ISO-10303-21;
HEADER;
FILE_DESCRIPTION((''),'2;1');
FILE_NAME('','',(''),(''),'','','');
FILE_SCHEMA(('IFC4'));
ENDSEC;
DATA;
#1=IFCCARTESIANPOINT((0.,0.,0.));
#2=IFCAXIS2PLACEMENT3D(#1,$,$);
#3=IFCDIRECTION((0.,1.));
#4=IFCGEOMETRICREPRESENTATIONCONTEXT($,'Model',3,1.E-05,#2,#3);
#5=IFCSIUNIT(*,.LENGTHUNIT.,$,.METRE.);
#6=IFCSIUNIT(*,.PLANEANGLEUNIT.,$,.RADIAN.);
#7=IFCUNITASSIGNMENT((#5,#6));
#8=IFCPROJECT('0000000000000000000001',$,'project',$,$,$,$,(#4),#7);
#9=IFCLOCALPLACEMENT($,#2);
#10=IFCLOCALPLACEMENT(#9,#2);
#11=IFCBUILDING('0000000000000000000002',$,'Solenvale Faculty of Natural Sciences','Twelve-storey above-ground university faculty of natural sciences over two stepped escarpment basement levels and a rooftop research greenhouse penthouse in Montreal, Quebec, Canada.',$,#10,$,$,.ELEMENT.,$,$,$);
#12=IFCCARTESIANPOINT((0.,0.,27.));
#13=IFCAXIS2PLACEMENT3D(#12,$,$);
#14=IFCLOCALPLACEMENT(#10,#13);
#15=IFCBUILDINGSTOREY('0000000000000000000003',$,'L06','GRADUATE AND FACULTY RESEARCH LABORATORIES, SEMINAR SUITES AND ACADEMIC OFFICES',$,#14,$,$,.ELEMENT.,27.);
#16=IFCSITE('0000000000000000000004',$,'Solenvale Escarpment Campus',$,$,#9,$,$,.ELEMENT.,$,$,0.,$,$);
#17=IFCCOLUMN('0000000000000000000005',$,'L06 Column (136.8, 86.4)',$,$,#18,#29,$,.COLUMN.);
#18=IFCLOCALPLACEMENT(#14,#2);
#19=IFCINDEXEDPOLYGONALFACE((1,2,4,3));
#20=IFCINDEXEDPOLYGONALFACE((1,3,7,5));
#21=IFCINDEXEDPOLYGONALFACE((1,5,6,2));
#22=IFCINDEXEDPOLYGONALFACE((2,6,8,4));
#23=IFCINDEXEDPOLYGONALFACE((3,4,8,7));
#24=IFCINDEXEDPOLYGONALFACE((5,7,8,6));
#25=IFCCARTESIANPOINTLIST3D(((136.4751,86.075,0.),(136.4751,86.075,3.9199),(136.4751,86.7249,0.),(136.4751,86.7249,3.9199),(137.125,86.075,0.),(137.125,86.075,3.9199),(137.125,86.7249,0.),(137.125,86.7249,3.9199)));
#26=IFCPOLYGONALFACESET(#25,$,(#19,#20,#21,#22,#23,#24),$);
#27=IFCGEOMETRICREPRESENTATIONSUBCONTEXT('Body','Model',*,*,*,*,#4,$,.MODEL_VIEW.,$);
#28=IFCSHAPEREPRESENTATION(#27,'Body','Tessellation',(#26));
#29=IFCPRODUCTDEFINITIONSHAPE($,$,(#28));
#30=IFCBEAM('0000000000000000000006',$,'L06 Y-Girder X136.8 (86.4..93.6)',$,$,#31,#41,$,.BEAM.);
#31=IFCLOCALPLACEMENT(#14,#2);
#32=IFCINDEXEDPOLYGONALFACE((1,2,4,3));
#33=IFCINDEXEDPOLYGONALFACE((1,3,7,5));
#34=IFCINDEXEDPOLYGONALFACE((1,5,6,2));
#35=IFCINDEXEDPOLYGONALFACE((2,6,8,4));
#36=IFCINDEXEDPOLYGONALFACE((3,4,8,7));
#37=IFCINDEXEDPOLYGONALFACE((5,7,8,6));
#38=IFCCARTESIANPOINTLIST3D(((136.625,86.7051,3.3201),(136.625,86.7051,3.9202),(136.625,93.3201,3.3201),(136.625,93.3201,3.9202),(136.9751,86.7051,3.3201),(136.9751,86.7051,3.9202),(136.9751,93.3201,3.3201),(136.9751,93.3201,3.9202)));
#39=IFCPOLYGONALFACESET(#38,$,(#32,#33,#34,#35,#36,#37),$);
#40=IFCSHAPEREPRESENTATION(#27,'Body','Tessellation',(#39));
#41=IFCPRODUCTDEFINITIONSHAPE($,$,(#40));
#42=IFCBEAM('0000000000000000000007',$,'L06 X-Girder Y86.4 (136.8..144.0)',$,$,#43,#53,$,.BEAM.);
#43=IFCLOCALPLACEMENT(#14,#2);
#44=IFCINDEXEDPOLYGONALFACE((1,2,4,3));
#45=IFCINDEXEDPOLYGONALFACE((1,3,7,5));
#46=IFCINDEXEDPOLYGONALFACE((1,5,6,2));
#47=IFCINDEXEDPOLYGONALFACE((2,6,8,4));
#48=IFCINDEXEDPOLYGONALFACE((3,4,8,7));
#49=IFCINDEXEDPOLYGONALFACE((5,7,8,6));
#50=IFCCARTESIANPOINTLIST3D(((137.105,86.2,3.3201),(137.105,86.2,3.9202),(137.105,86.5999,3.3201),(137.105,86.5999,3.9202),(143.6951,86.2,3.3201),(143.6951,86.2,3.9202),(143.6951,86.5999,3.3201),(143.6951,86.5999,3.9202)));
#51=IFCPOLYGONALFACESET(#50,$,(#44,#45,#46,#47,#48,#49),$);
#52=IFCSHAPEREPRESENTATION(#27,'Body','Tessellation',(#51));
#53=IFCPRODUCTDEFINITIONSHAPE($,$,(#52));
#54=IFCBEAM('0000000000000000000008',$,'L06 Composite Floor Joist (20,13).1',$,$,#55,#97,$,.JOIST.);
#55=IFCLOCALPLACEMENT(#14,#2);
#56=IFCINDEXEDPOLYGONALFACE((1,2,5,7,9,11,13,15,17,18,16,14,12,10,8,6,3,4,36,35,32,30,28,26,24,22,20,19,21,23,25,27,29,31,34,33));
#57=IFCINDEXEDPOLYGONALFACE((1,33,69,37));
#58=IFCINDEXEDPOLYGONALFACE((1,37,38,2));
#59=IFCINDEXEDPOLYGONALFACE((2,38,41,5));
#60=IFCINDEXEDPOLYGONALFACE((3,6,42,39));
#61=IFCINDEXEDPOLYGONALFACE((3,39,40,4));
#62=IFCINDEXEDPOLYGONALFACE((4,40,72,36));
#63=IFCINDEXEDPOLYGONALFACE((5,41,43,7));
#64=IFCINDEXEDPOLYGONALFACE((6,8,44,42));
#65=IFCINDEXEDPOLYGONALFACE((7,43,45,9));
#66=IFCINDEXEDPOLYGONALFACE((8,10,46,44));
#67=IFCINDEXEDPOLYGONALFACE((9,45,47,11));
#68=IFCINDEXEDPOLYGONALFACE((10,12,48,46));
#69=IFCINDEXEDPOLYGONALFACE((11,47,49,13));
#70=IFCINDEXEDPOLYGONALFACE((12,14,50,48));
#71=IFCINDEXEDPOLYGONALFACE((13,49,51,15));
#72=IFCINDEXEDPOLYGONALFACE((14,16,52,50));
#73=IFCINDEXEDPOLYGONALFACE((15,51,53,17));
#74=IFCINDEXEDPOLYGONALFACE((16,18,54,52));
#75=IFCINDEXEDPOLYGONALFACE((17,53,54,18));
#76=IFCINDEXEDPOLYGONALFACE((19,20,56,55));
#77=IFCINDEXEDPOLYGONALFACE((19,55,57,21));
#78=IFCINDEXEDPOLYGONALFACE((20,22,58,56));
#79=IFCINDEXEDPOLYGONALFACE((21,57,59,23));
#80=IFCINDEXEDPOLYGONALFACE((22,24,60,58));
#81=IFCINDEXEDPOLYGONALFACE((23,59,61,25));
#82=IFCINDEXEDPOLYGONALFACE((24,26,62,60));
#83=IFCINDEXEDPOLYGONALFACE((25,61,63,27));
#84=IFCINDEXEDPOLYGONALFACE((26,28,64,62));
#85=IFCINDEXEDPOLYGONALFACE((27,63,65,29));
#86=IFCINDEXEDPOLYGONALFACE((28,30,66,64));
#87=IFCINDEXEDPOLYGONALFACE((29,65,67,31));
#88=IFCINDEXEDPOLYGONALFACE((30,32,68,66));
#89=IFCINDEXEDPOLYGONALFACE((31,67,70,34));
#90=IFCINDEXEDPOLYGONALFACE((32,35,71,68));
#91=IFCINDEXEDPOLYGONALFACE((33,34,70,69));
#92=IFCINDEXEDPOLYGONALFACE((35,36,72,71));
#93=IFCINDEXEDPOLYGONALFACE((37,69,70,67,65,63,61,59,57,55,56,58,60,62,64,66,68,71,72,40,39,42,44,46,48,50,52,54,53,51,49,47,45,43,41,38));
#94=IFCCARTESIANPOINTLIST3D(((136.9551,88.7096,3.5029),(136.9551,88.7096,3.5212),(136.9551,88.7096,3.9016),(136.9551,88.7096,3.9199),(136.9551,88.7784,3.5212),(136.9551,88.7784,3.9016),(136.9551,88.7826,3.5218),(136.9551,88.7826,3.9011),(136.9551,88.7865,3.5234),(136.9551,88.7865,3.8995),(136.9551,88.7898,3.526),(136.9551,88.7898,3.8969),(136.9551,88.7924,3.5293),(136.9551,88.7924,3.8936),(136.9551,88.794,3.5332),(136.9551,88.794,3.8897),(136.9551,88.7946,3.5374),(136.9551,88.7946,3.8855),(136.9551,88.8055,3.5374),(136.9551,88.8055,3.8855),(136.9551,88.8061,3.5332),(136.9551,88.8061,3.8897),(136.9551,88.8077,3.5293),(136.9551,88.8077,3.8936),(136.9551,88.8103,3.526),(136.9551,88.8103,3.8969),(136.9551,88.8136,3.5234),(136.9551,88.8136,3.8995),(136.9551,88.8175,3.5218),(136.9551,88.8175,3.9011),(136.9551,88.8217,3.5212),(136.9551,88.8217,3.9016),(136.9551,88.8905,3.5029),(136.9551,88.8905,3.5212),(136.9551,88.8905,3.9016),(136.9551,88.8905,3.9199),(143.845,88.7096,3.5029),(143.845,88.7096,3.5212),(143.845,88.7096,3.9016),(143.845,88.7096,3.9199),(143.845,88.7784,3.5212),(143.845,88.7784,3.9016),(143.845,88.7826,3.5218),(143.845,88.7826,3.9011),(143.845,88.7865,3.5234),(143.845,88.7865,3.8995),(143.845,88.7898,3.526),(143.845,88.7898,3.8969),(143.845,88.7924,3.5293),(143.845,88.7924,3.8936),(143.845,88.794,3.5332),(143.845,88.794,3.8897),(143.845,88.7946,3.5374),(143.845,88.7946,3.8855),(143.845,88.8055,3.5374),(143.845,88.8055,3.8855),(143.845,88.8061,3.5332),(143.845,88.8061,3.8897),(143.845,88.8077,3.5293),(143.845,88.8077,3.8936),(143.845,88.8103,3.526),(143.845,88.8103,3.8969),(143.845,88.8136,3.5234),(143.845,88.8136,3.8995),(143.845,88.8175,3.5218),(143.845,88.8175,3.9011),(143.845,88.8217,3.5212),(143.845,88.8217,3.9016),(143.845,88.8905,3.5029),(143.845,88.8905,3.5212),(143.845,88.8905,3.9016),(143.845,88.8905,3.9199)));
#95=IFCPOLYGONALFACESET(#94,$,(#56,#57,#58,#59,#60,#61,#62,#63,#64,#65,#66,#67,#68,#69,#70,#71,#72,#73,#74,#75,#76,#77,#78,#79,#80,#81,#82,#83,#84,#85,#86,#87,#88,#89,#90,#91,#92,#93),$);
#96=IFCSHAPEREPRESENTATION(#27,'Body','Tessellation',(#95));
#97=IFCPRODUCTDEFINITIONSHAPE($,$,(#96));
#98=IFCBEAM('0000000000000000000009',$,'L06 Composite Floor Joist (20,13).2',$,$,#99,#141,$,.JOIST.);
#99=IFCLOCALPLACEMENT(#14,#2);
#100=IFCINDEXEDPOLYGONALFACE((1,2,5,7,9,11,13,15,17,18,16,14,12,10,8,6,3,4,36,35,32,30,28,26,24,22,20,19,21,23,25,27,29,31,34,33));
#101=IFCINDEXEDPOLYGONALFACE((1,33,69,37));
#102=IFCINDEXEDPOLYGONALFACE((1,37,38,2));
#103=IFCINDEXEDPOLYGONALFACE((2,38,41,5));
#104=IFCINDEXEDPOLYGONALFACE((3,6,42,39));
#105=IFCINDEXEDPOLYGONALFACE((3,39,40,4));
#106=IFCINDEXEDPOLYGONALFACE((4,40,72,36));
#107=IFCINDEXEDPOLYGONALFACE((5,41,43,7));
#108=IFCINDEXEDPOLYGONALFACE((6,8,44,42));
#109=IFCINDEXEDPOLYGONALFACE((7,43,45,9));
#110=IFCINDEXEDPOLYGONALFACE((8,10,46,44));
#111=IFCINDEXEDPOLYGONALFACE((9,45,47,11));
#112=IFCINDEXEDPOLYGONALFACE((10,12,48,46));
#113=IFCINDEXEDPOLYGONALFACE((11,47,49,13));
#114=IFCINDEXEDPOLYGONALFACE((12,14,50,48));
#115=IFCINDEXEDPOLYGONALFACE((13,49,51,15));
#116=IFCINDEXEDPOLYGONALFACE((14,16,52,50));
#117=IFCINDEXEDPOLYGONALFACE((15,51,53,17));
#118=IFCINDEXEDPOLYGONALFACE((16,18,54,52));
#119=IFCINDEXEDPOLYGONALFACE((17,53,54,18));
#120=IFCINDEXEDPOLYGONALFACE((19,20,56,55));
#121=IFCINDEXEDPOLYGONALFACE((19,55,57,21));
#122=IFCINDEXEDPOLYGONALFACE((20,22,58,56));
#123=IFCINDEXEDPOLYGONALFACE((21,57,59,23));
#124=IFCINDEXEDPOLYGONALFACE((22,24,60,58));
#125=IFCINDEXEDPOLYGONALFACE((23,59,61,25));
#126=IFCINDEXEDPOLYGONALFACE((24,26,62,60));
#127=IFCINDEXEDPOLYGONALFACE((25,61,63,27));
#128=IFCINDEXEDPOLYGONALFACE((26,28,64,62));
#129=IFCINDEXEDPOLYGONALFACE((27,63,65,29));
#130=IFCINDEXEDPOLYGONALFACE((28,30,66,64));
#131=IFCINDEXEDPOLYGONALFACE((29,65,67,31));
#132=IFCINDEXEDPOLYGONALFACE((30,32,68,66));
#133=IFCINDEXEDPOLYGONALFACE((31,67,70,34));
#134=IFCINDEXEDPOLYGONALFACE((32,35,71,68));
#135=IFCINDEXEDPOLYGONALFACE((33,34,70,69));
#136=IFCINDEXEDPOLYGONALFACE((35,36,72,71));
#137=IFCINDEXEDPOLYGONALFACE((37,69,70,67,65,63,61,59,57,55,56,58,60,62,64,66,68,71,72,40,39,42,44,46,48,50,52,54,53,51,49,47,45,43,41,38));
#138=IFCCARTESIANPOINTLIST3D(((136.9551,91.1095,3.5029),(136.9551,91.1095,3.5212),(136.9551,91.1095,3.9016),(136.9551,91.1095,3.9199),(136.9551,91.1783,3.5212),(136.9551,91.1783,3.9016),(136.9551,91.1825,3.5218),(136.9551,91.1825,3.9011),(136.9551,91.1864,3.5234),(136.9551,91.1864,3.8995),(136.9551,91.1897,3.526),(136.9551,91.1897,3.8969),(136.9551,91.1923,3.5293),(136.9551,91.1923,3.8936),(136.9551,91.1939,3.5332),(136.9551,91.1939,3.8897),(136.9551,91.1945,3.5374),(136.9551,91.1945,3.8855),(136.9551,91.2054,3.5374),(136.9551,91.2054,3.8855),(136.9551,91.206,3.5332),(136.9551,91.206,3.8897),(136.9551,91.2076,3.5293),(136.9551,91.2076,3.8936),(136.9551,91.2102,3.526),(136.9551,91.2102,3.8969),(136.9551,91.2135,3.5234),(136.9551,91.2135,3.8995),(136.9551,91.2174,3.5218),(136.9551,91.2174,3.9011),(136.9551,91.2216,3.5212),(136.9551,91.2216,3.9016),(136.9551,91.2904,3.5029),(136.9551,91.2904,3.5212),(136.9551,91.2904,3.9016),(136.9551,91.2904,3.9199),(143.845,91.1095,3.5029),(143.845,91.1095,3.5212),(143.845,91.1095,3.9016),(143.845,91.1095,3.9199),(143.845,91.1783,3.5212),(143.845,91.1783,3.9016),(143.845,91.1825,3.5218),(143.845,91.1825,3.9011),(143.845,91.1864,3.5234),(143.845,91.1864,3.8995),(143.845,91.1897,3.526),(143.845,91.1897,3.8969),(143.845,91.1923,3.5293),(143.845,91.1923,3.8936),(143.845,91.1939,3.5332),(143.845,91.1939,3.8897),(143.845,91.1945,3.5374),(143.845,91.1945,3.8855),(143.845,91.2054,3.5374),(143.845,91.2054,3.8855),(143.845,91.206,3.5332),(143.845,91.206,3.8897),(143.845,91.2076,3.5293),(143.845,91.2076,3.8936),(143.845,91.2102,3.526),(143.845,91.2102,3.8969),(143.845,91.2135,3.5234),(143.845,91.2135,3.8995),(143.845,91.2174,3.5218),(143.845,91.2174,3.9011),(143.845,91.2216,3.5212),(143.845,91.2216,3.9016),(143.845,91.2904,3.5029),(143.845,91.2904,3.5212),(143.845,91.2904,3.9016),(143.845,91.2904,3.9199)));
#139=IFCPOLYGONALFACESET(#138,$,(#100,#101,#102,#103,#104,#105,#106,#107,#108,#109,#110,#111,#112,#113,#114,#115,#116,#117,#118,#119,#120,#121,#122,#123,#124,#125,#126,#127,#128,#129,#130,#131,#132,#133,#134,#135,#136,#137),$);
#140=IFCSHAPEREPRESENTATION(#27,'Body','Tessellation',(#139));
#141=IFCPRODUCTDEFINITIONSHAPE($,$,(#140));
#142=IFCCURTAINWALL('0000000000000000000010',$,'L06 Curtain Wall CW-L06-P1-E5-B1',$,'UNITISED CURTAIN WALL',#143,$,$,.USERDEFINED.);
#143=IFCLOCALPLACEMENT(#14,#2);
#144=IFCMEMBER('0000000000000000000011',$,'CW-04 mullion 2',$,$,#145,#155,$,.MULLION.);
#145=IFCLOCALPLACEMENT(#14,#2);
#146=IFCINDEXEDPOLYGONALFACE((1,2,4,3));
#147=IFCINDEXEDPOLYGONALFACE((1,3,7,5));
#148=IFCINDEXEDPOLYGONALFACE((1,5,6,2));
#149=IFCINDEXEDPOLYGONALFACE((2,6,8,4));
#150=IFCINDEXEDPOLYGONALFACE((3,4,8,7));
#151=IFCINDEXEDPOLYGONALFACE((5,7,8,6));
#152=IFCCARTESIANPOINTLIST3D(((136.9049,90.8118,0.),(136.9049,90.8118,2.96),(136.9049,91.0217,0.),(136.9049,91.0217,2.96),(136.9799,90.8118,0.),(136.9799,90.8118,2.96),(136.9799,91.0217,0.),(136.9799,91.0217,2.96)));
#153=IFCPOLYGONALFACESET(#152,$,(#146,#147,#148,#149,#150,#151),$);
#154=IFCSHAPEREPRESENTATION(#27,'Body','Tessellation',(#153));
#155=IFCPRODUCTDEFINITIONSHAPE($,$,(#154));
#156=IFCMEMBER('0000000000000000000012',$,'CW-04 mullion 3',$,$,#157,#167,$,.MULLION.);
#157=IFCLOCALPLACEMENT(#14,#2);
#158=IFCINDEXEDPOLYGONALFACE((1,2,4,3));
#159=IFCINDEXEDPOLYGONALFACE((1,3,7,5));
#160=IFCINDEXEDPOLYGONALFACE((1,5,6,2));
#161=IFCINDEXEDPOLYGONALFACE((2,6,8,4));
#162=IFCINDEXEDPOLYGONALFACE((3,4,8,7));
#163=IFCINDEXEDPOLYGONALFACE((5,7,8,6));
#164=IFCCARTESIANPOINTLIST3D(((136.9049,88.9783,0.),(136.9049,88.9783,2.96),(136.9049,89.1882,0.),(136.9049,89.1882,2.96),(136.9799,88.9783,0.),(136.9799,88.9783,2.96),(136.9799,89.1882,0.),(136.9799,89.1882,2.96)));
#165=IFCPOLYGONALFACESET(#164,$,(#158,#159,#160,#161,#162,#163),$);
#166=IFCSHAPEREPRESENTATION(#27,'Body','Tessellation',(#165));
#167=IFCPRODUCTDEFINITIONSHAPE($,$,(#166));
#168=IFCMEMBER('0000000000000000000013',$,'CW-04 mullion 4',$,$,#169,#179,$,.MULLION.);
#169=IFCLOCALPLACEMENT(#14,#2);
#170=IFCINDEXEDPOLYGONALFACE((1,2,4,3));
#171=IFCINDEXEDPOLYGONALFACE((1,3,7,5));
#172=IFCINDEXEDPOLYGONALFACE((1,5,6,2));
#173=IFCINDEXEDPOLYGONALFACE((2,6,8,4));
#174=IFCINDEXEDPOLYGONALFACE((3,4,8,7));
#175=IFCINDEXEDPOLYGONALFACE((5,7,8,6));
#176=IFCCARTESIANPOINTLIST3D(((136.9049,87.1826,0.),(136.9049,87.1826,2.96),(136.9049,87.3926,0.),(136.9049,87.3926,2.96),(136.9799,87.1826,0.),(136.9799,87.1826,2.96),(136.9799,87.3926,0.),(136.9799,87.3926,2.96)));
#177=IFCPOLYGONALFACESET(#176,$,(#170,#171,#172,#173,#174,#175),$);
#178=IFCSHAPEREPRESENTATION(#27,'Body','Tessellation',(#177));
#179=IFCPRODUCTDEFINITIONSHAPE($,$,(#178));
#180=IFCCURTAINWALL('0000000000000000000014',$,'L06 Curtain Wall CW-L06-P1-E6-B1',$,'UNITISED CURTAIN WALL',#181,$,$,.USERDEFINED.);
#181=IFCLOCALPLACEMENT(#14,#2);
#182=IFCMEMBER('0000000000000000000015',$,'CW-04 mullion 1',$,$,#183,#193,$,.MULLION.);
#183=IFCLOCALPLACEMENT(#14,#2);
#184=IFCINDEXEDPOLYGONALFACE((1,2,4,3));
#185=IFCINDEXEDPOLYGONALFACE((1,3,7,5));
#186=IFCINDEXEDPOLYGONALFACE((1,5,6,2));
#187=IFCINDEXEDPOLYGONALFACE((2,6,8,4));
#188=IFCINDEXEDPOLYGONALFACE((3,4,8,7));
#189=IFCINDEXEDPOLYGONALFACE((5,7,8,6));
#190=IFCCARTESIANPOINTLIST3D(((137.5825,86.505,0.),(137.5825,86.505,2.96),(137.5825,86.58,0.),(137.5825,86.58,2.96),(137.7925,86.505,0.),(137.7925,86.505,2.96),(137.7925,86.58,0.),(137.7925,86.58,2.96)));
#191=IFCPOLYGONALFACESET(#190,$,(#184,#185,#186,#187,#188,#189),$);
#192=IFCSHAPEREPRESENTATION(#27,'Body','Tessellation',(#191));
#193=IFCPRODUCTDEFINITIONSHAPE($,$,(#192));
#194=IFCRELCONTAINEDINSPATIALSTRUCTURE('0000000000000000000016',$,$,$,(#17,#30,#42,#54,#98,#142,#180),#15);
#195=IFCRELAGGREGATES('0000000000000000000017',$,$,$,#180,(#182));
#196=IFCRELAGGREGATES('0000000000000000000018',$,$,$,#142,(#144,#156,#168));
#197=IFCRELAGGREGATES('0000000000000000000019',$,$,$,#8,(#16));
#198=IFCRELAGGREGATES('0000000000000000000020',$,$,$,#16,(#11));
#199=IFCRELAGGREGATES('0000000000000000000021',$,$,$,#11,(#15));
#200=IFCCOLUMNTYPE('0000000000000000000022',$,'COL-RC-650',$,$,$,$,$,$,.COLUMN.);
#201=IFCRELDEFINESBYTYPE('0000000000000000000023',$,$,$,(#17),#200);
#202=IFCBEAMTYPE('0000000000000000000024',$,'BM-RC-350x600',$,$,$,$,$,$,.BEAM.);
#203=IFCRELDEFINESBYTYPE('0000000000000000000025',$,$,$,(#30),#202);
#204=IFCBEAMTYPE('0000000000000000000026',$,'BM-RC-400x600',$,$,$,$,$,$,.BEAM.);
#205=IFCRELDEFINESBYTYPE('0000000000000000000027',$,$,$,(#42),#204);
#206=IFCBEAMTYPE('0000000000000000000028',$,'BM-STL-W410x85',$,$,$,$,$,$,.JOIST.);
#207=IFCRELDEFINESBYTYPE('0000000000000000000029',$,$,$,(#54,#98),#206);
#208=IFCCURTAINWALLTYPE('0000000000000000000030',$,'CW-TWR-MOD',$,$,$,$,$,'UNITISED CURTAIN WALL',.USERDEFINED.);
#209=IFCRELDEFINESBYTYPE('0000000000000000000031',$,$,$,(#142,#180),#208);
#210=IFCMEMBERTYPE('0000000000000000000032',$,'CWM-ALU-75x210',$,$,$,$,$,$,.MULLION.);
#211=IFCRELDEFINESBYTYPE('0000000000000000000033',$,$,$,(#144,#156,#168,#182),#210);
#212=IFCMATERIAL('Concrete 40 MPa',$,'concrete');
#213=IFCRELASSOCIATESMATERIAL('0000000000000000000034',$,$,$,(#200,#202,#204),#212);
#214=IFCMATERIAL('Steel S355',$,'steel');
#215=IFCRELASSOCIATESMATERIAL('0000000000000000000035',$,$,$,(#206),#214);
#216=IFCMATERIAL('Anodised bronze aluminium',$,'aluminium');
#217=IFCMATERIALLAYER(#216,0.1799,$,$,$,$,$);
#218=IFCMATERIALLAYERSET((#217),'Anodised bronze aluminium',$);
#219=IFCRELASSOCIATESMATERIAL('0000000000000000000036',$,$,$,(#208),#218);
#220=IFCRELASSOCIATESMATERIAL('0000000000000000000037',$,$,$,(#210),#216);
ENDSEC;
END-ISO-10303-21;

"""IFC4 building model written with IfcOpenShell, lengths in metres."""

from ifc_helpers import new_model, si_unit, direction, frame, origin, origin_2d, place, context, subcontext, project, spatial, rectangle, i_section, extrude, material, layer, layer_set, material_profile, profile_set, type_object, element, aggregate, save


model = new_model("IFC4")

# Units and contexts
model_context = context("Model", 3, precision=1e-05, world=origin(), true_north=direction((0.0, 1.0)))
body_context = subcontext(model_context, "Body", "Model", "MODEL_VIEW")
ifc_project = project(units=[si_unit("LENGTHUNIT", "METRE"), si_unit("PLANEANGLEUNIT", "RADIAN")], contexts=[model_context])

# Site, building, storey
site_placement = place(None, origin())
site = spatial("IfcSite", under=ifc_project, at=site_placement, Name="Solenvale Escarpment Campus", CompositionType="ELEMENT", RefElevation=0.0)
building_placement = place(site_placement, origin())
building = spatial("IfcBuilding", under=site, at=building_placement, Name="Solenvale Faculty of Natural Sciences", Description="Twelve-storey above-ground university faculty of natural sciences over two stepped escarpment basement levels and a rooftop research greenhouse penthouse in Montreal, Quebec, Canada.", CompositionType="ELEMENT")
storey_placement = place(building_placement, frame((0.0, 0.0, 27.0)))
storey = spatial("IfcBuildingStorey", under=building, at=storey_placement, Name="L06", Description="GRADUATE AND FACULTY RESEARCH LABORATORIES, SEMINAR SUITES AND ACADEMIC OFFICES", CompositionType="ELEMENT", Elevation=27.0)

# Column
ifc_material_1 = material(Name="Concrete 40 MPa", Category="concrete")
ifc_material_profile_1 = material_profile(ifc_material_1, rectangle(XDim=0.6499, YDim=0.6499, at=origin_2d()), Name="RC-COL-650x650")
ifc_profile_set_1 = profile_set([ifc_material_profile_1], Name="Concrete 40 MPa")
column_type = type_object("IfcColumnType", Name="COL-RC-650", PredefinedType="COLUMN", material=ifc_profile_set_1)
column_placement = place(storey_placement, frame((136.8, 86.3999, 0.0), z_axis=(0.0, 0.0, 1.0), x_axis=(1.0, 0.0, 0.0)))
element("IfcColumn", 1, at=column_placement, inside=storey, type_object=column_type, Name="L06 Column (136.8, 86.4)", PredefinedType="COLUMN", context=body_context, shape_type="SweptSolid", body=[
    extrude(rectangle(XDim=0.6499, YDim=0.6499, at=origin_2d()), origin(), (0.0, 0.0, 1.0), 3.9199),
])

# Beams
ifc_material_profile_2 = material_profile(ifc_material_1, rectangle(XDim=0.3501, YDim=0.6001, at=origin_2d()), Name="RC-BM-350x600")
ifc_profile_set_2 = profile_set([ifc_material_profile_2], Name="Concrete 40 MPa")
beam_type_1 = type_object("IfcBeamType", Name="BM-RC-350x600", PredefinedType="BEAM", material=ifc_profile_set_2)
beam_1_placement = place(storey_placement, frame((136.8, 86.7051, 3.6201), z_axis=(0.0, 1.0, 0.0), x_axis=(-1.0, 0.0, 0.0)))
element("IfcBeam", 2, at=beam_1_placement, inside=storey, type_object=beam_type_1, Name="L06 Y-Girder X136.8 (86.4..93.6)", PredefinedType="BEAM", context=body_context, shape_type="SweptSolid", body=[
    extrude(rectangle(XDim=0.3501, YDim=0.6001, at=origin_2d()), origin(), (0.0, 0.0, 1.0), 6.615),
])
ifc_material_profile_3 = material_profile(ifc_material_1, rectangle(XDim=0.3999, YDim=0.6001, at=origin_2d()), Name="RC-BM-400x600")
ifc_profile_set_3 = profile_set([ifc_material_profile_3], Name="Concrete 40 MPa")
beam_type_2 = type_object("IfcBeamType", Name="BM-RC-400x600", PredefinedType="BEAM", material=ifc_profile_set_3)
beam_2_placement = place(storey_placement, frame((137.105, 86.3999, 3.6201), z_axis=(1.0, 0.0, 0.0), x_axis=(0.0, 1.0, 0.0)))
element("IfcBeam", 3, at=beam_2_placement, inside=storey, type_object=beam_type_2, Name="L06 X-Girder Y86.4 (136.8..144.0)", PredefinedType="BEAM", context=body_context, shape_type="SweptSolid", body=[
    extrude(rectangle(XDim=0.3999, YDim=0.6001, at=origin_2d()), origin(), (0.0, 0.0, 1.0), 6.5901),
])
ifc_material_2 = material(Name="Steel S355", Category="steel")
ifc_material_profile_4 = material_profile(ifc_material_2, i_section(OverallWidth=0.1809, OverallDepth=0.417, WebThickness=0.011, FlangeThickness=0.0183, FilletRadius=0.0161, at=origin_2d()), Name="W410x85")
ifc_profile_set_4 = profile_set([ifc_material_profile_4], Name="Steel S355")
beam_type_3 = type_object("IfcBeamType", Name="BM-STL-W410x85", PredefinedType="JOIST", material=ifc_profile_set_4)
for number, where, z_axis, x_axis, name in (
    (4, (136.9551, 88.8, 3.7114), (1.0, 0.0, 0.0), (0.0, 1.0, 0.0), "L06 Composite Floor Joist (20,13).1"),
    (5, (136.9551, 91.2, 3.7114), (1.0, 0.0, 0.0), (0.0, 1.0, 0.0), "L06 Composite Floor Joist (20,13).2"),
):
    element("IfcBeam", number, at=place(storey_placement, frame(where, z_axis=z_axis, x_axis=x_axis)), inside=storey, type_object=beam_type_3, Name=name, PredefinedType="JOIST", context=body_context, shape_type="SweptSolid", body=[
        extrude(i_section(OverallWidth=0.1809, OverallDepth=0.417, WebThickness=0.011, FlangeThickness=0.0183, FilletRadius=0.0161, at=origin_2d()), origin(), (0.0, 0.0, 1.0), 6.8899),
    ])

# Curtain wall, members
ifc_material_3 = material(Name="Anodised bronze aluminium", Category="aluminium")
ifc_layer_1 = layer(ifc_material_3, 0.1799)
ifc_layer_set_1 = layer_set([ifc_layer_1], Name="Anodised bronze aluminium")
curtain_wall_type = type_object("IfcCurtainWallType", Name="CW-TWR-MOD", ElementType="UNITISED CURTAIN WALL", PredefinedType="USERDEFINED", material=ifc_layer_set_1)
curtain_wall_1_placement = place(storey_placement, origin())
curtain_wall_1 = element("IfcCurtainWall", 6, at=curtain_wall_1_placement, inside=storey, type_object=curtain_wall_type, Name="L06 Curtain Wall CW-L06-P1-E5-B1", ObjectType="UNITISED CURTAIN WALL", PredefinedType="USERDEFINED")
ifc_material_profile_5 = material_profile(ifc_material_3, rectangle(XDim=0.075, YDim=0.21, at=origin_2d()), Name="ALU-MUL-75x210")
ifc_profile_set_5 = profile_set([ifc_material_profile_5], Name="Anodised bronze aluminium")
member_type_1 = type_object("IfcMemberType", Name="CWM-ALU-75x210", PredefinedType="MULLION", material=ifc_profile_set_5)
member_1_placement = place(storey_placement, frame((136.9424, 90.9167, 0.0), z_axis=(0.0, 0.0, 1.0), x_axis=(1.0, 0.0, 0.0)))
member_1 = element("IfcMember", 7, at=member_1_placement, type_object=member_type_1, Name="CW-04 mullion 2", PredefinedType="MULLION", context=body_context, shape_type="SweptSolid", body=[
    extrude(rectangle(XDim=0.075, YDim=0.21, at=origin_2d()), origin(), (0.0, 0.0, 1.0), 2.96),
])
member_2_placement = place(storey_placement, frame((136.9424, 89.0833, 0.0), z_axis=(0.0, 0.0, 1.0), x_axis=(1.0, 0.0, 0.0)))
member_2 = element("IfcMember", 8, at=member_2_placement, type_object=member_type_1, Name="CW-04 mullion 3", PredefinedType="MULLION", context=body_context, shape_type="SweptSolid", body=[
    extrude(rectangle(XDim=0.075, YDim=0.21, at=origin_2d()), origin(), (0.0, 0.0, 1.0), 2.96),
])
member_3_placement = place(storey_placement, frame((136.9424, 87.2876, 0.0), z_axis=(0.0, 0.0, 1.0), x_axis=(1.0, 0.0, 0.0)))
member_3 = element("IfcMember", 9, at=member_3_placement, type_object=member_type_1, Name="CW-04 mullion 4", PredefinedType="MULLION", context=body_context, shape_type="SweptSolid", body=[
    extrude(rectangle(XDim=0.075, YDim=0.21, at=origin_2d()), origin(), (0.0, 0.0, 1.0), 2.96),
])

# Curtain wall, member
curtain_wall_2_placement = place(storey_placement, origin())
curtain_wall_2 = element("IfcCurtainWall", 10, at=curtain_wall_2_placement, inside=storey, type_object=curtain_wall_type, Name="L06 Curtain Wall CW-L06-P1-E6-B1", ObjectType="UNITISED CURTAIN WALL", PredefinedType="USERDEFINED")
member_4_placement = place(storey_placement, frame((137.6875, 86.5425, 0.0), z_axis=(0.0, 0.0, 1.0), x_axis=(0.0, 1.0, 0.0)))
member_4 = element("IfcMember", 11, at=member_4_placement, type_object=member_type_1, Name="CW-04 mullion 1", PredefinedType="MULLION", context=body_context, shape_type="SweptSolid", body=[
    extrude(rectangle(XDim=0.075, YDim=0.21, at=origin_2d()), origin(), (0.0, 0.0, 1.0), 2.96),
])

aggregate(curtain_wall_2, [member_4])

aggregate(curtain_wall_1, [member_1, member_2, member_3])

save(model, "model.ifc")
